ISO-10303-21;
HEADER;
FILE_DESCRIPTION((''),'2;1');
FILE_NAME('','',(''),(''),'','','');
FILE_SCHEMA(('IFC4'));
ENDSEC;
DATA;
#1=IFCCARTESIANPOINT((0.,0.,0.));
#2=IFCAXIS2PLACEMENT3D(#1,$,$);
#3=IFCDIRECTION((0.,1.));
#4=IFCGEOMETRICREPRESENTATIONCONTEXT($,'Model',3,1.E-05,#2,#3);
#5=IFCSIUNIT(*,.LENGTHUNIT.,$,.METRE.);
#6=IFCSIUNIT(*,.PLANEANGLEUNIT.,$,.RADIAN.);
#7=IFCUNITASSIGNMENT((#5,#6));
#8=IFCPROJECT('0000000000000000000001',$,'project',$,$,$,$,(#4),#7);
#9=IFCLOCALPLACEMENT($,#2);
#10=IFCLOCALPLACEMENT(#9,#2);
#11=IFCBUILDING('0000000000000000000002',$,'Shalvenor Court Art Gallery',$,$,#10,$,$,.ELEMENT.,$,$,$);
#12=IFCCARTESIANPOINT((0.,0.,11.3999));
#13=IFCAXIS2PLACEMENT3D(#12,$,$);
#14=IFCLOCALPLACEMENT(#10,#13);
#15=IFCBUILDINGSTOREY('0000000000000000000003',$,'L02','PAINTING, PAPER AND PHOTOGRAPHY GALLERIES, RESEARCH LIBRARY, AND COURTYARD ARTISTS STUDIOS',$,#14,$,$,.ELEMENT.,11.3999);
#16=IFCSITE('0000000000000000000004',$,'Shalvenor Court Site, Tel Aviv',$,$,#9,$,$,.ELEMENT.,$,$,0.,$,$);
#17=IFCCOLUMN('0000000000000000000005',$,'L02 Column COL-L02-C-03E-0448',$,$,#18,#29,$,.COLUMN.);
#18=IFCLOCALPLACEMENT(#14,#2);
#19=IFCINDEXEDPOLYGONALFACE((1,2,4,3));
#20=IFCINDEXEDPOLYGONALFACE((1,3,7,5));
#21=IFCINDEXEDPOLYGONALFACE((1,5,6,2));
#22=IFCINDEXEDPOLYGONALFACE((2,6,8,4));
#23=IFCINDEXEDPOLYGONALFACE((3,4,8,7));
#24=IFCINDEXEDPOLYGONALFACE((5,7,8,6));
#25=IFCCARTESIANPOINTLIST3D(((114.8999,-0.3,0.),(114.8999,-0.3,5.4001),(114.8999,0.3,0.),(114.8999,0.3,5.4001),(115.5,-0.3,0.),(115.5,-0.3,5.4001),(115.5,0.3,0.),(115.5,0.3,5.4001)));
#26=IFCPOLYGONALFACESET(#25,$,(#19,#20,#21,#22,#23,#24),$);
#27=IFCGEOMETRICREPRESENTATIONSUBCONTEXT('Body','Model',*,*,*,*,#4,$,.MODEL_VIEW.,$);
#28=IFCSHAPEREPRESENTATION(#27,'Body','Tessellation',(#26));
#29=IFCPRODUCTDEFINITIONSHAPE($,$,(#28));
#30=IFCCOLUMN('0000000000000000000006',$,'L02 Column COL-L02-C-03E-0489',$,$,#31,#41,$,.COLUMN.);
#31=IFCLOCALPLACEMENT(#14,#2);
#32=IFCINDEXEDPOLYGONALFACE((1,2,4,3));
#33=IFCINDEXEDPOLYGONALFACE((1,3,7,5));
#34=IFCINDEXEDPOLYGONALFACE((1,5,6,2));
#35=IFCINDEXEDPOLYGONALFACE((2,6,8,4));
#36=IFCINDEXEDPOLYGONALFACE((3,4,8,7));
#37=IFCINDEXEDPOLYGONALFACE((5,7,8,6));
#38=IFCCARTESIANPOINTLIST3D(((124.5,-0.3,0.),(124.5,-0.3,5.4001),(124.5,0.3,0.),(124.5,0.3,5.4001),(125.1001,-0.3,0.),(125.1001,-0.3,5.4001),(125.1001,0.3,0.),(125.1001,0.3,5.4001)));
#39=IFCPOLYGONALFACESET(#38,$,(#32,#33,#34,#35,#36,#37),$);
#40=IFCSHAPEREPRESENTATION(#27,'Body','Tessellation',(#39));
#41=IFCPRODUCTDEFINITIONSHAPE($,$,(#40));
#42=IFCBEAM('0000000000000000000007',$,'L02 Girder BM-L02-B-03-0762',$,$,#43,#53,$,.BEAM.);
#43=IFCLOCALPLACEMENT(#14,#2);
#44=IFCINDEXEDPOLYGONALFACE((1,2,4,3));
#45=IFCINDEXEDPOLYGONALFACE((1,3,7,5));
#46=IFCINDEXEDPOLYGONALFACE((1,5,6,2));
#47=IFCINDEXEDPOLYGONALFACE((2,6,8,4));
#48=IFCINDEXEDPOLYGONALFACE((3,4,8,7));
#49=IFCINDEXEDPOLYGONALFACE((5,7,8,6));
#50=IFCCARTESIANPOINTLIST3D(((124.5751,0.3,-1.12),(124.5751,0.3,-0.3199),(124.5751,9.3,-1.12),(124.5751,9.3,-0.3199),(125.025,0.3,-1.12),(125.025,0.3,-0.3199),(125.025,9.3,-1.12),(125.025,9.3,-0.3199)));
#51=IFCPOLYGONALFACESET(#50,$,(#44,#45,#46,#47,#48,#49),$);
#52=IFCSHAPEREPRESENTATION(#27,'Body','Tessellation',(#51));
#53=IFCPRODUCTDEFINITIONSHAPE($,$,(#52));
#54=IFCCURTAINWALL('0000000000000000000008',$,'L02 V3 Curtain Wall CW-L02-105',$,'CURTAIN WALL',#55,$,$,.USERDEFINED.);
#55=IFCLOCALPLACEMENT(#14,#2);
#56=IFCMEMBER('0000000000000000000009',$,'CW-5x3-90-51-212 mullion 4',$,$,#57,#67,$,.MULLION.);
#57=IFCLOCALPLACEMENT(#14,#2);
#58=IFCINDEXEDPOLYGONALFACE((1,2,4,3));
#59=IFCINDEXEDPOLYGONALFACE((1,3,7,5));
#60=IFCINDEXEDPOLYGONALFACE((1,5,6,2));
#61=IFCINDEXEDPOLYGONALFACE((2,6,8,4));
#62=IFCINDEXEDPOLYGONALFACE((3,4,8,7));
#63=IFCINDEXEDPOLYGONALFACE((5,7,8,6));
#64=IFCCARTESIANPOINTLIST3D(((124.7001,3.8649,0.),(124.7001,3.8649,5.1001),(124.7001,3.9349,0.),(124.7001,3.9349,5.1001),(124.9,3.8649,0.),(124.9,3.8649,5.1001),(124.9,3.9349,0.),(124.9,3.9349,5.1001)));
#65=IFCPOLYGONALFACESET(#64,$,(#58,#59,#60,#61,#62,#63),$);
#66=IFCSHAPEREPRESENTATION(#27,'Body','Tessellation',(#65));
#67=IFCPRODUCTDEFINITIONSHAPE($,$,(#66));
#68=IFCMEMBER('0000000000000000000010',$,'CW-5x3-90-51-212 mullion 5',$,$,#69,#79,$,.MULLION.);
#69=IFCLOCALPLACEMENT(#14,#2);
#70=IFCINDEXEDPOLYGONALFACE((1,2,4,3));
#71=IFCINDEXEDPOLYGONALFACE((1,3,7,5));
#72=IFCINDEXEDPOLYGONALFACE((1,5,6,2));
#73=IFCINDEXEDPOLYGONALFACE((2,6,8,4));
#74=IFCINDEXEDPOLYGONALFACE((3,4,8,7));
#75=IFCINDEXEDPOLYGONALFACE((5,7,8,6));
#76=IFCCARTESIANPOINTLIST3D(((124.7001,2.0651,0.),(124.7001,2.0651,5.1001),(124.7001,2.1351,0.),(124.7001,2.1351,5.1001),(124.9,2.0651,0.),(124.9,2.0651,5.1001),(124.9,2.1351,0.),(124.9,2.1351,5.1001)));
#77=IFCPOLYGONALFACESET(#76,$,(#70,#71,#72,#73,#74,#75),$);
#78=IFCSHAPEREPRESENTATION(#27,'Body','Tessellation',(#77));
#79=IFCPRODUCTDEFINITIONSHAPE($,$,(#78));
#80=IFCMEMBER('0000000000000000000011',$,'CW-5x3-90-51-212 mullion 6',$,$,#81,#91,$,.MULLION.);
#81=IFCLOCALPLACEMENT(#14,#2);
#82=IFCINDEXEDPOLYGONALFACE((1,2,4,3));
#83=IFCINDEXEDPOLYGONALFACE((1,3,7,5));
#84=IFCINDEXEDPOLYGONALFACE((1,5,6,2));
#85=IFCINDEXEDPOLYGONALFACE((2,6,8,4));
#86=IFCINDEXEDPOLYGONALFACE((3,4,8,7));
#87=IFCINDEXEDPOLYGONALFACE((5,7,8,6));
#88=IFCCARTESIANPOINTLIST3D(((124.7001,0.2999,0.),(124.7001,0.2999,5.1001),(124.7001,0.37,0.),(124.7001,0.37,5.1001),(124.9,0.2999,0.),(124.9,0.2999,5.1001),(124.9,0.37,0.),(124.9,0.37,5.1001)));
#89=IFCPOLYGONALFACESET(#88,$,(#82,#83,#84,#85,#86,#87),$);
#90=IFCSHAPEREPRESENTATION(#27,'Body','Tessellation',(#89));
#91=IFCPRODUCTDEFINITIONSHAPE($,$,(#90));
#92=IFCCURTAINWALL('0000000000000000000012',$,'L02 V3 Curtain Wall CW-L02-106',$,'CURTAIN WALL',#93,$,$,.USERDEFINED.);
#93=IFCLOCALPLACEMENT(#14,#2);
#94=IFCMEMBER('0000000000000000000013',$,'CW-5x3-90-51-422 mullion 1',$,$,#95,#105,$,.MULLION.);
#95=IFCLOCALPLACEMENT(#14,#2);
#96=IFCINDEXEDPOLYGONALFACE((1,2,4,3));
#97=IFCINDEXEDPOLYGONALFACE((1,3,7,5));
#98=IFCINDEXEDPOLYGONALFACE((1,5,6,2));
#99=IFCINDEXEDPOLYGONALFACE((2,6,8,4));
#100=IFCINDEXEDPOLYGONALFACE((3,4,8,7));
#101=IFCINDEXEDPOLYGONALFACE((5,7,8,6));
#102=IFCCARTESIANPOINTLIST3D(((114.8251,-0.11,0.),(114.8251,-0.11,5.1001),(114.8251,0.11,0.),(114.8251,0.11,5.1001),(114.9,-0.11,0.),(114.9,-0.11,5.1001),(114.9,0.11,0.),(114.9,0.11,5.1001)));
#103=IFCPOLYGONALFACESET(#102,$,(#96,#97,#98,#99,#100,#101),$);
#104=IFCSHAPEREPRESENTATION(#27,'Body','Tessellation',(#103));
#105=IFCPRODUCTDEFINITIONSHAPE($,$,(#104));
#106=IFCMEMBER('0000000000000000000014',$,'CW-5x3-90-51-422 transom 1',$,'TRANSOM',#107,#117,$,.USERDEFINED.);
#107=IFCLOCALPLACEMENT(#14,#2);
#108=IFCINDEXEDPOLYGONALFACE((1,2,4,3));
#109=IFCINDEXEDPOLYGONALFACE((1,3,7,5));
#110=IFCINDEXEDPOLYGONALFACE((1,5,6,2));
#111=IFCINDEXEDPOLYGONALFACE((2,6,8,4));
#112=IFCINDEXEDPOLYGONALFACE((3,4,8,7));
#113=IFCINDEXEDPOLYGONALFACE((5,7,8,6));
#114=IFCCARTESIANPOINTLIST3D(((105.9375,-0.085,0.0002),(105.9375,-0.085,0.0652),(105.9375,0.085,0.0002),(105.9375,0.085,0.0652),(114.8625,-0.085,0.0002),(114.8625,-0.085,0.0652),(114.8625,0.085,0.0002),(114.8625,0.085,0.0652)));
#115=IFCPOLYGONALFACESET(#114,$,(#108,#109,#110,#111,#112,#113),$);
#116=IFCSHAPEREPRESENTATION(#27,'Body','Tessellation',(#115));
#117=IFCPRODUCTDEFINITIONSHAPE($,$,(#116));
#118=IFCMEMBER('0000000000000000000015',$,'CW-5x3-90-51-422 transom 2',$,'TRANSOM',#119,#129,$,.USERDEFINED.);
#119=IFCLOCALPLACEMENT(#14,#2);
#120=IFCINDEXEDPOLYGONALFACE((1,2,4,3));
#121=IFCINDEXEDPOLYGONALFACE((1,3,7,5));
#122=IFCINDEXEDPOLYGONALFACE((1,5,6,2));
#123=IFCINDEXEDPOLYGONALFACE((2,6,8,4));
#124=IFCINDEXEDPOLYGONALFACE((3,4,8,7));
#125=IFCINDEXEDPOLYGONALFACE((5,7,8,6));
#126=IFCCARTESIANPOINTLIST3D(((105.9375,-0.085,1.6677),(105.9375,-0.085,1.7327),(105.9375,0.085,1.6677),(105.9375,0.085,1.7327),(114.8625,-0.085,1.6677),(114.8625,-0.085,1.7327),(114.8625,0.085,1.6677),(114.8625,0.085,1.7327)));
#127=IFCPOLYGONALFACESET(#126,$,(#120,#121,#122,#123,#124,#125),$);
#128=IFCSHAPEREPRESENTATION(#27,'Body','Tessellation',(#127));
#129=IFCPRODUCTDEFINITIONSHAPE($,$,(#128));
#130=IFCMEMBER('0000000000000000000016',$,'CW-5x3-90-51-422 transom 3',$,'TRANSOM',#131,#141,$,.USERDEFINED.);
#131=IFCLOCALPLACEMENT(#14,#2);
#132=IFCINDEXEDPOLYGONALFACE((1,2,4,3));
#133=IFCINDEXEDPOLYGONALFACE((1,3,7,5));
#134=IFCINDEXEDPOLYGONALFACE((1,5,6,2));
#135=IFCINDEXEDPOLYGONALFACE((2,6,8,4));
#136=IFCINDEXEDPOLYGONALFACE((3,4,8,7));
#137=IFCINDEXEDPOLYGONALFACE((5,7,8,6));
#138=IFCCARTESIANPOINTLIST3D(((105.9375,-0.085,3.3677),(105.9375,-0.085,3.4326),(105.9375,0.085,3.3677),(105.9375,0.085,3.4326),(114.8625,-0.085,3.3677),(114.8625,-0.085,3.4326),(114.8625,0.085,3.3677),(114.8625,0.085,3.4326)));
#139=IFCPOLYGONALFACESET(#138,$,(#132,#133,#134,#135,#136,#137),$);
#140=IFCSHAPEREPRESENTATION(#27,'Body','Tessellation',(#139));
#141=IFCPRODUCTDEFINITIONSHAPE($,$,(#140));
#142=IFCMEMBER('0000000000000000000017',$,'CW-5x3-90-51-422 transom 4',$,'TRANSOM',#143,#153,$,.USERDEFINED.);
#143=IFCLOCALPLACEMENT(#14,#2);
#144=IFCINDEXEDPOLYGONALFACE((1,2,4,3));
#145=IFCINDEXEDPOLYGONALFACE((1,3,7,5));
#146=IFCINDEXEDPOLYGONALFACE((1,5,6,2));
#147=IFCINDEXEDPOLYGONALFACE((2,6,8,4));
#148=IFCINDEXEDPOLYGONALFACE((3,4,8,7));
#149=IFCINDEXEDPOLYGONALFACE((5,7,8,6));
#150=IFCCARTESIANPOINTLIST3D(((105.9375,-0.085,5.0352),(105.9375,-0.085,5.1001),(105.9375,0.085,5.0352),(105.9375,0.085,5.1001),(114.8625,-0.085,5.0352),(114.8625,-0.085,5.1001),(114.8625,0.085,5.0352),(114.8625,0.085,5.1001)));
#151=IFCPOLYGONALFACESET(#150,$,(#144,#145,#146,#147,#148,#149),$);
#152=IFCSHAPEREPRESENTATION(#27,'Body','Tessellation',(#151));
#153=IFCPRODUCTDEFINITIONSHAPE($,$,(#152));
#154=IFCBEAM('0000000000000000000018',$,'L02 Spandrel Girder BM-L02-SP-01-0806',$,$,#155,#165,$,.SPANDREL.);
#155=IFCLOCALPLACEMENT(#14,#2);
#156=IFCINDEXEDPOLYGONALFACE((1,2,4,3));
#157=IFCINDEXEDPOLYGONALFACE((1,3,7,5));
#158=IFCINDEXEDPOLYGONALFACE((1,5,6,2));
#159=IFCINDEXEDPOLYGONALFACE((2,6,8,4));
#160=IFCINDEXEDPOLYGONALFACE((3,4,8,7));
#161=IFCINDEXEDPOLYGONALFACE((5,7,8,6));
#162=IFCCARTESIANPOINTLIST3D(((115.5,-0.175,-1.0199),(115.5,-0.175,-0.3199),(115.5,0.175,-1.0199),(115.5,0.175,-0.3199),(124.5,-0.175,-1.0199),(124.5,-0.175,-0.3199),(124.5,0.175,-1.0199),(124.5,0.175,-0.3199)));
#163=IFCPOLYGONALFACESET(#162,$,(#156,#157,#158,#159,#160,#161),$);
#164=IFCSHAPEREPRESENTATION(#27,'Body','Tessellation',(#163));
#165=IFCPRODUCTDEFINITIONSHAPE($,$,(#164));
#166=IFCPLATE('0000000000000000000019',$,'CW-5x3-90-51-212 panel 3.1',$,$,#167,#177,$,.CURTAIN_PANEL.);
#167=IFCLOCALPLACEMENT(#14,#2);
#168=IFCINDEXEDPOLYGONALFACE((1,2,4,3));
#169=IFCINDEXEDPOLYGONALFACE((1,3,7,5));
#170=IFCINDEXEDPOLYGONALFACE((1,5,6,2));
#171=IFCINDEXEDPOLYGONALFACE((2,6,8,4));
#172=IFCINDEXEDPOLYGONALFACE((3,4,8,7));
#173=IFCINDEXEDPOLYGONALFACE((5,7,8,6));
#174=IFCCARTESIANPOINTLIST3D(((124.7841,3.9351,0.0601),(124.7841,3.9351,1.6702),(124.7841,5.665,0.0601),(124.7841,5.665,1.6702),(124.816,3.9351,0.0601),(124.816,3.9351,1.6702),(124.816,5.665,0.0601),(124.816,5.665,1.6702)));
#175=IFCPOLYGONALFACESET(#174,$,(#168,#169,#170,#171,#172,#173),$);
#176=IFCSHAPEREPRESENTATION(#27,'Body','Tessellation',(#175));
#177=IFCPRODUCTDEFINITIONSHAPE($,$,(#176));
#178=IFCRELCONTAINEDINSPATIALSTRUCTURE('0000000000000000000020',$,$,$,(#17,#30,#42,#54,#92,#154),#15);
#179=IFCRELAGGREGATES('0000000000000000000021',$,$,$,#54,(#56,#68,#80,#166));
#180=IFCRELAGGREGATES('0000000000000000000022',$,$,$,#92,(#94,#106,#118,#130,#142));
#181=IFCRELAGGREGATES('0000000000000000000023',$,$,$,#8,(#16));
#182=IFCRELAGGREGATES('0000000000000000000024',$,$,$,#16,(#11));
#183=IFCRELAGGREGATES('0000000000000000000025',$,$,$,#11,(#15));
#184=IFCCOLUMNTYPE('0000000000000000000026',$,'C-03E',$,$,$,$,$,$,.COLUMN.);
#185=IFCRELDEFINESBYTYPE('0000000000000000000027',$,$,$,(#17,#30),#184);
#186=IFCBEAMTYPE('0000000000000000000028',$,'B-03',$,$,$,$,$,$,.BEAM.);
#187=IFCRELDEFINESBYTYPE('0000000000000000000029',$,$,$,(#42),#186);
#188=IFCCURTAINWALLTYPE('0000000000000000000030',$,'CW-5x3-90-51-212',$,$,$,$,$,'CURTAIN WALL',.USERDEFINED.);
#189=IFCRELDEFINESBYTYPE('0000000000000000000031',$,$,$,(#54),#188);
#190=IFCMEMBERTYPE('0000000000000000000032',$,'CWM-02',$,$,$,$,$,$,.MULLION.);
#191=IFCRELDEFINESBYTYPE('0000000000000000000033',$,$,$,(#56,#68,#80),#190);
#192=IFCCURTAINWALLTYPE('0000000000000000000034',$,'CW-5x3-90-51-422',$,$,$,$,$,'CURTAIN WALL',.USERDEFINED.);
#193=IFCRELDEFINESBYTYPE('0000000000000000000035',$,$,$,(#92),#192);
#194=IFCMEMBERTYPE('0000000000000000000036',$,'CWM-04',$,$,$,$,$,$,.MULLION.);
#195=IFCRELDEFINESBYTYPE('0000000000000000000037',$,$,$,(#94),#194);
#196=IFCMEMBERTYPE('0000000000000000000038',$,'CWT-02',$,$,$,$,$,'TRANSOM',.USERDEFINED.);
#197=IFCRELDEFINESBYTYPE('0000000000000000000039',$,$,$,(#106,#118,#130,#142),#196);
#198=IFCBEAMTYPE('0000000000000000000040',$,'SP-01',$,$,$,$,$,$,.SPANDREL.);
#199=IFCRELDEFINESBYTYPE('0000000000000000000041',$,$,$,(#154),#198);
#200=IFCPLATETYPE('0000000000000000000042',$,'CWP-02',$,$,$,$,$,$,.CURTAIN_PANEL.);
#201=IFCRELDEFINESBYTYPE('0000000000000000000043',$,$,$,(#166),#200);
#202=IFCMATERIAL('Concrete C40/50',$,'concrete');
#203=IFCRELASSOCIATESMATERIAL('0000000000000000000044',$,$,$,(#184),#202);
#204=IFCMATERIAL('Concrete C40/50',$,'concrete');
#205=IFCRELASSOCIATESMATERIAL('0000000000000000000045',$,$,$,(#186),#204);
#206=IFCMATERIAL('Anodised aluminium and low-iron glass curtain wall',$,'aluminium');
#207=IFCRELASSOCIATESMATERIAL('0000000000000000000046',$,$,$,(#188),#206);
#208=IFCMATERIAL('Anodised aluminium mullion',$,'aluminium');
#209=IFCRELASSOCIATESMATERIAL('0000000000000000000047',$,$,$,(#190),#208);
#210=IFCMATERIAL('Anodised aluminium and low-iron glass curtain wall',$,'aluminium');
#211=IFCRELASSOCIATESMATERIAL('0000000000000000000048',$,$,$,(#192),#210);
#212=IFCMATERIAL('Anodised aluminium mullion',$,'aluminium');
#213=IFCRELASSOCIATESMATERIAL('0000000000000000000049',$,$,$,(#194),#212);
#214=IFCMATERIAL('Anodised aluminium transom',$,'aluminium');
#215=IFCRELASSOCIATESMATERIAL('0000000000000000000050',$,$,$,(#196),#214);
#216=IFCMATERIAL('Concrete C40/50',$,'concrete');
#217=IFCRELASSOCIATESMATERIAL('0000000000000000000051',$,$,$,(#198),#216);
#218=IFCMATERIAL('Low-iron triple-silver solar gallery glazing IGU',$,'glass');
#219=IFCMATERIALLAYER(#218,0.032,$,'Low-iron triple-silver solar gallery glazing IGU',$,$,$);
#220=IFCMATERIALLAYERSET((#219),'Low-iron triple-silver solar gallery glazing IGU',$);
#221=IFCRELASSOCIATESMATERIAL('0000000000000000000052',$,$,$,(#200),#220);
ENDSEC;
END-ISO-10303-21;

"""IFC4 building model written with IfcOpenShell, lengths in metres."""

from ifc_helpers import new_model, si_unit, direction, frame, origin, origin_2d, place, context, subcontext, project, spatial, rectangle, extrude, material, layer, layer_set, material_profile, profile_set, type_object, element, aggregate, save


model = new_model("IFC4")

# Units and contexts
model_context = context("Model", 3, precision=1e-05, world=origin(), true_north=direction((0.0, 1.0)))
body_context = subcontext(model_context, "Body", "Model", "MODEL_VIEW")
ifc_project = project(units=[si_unit("LENGTHUNIT", "METRE"), si_unit("PLANEANGLEUNIT", "RADIAN")], contexts=[model_context])

# Site, building, storey
site_placement = place(None, origin())
site = spatial("IfcSite", under=ifc_project, at=site_placement, Name="Shalvenor Court Site, Tel Aviv", CompositionType="ELEMENT", RefElevation=0.0)
building_placement = place(site_placement, origin())
building = spatial("IfcBuilding", under=site, at=building_placement, Name="Shalvenor Court Art Gallery", CompositionType="ELEMENT")
storey_placement = place(building_placement, frame((0.0, 0.0, 11.3999)))
storey = spatial("IfcBuildingStorey", under=building, at=storey_placement, Name="L02", Description="PAINTING, PAPER AND PHOTOGRAPHY GALLERIES, RESEARCH LIBRARY, AND COURTYARD ARTISTS STUDIOS", CompositionType="ELEMENT", Elevation=11.3999)

# Columns
ifc_material_1 = material(Name="Concrete C40/50", Category="concrete")
ifc_material_profile_1 = material_profile(ifc_material_1, rectangle(XDim=0.6001, YDim=0.6001, at=origin_2d()), Name="RC 600x600")
ifc_profile_set_1 = profile_set([ifc_material_profile_1], Name="Concrete C40/50")
column_type = type_object("IfcColumnType", Name="C-03E", PredefinedType="COLUMN", material=ifc_profile_set_1)
for number, where, z_axis, x_axis, name in (
    (1, (115.2, 0.0, 0.0), (0.0, 0.0, 1.0), (1.0, 0.0, 0.0), "L02 Column COL-L02-C-03E-0448"),
    (2, (124.8, 0.0, 0.0), (0.0, 0.0, 1.0), (1.0, 0.0, 0.0), "L02 Column COL-L02-C-03E-0489"),
):
    element("IfcColumn", number, at=place(storey_placement, frame(where, z_axis=z_axis, x_axis=x_axis)), inside=storey, type_object=column_type, Name=name, PredefinedType="COLUMN", context=body_context, shape_type="SweptSolid", body=[
        extrude(rectangle(XDim=0.6001, YDim=0.6001, at=origin_2d()), origin(), (0.0, 0.0, 1.0), 5.4001),
    ])

# Beam
ifc_material_2 = material(Name="Concrete C40/50", Category="concrete")
ifc_material_profile_2 = material_profile(ifc_material_2, rectangle(XDim=0.45, YDim=0.8, at=origin_2d()), Name="RC 450x800")
ifc_profile_set_2 = profile_set([ifc_material_profile_2], Name="Concrete C40/50")
beam_type_1 = type_object("IfcBeamType", Name="B-03", PredefinedType="BEAM", material=ifc_profile_set_2)
beam_1_placement = place(storey_placement, frame((124.8, 0.3, -0.72), z_axis=(0.0, 1.0, 0.0), x_axis=(-1.0, 0.0, 0.0)))
element("IfcBeam", 3, at=beam_1_placement, inside=storey, type_object=beam_type_1, Name="L02 Girder BM-L02-B-03-0762", PredefinedType="BEAM", context=body_context, shape_type="SweptSolid", body=[
    extrude(rectangle(XDim=0.45, YDim=0.8, at=origin_2d()), origin(), (0.0, 0.0, 1.0), 9.0),
])

# Curtain walls, members
ifc_material_3 = material(Name="Anodised aluminium and low-iron glass curtain wall", Category="aluminium")
curtain_wall_type_1 = type_object("IfcCurtainWallType", Name="CW-5x3-90-51-212", ElementType="CURTAIN WALL", PredefinedType="USERDEFINED", material=ifc_material_3)
curtain_wall_1_placement = place(storey_placement, origin())
curtain_wall_1 = element("IfcCurtainWall", 4, at=curtain_wall_1_placement, inside=storey, type_object=curtain_wall_type_1, Name="L02 V3 Curtain Wall CW-L02-105", ObjectType="CURTAIN WALL", PredefinedType="USERDEFINED")
ifc_material_4 = material(Name="Anodised aluminium mullion", Category="aluminium")
ifc_material_profile_3 = material_profile(ifc_material_4, rectangle(XDim=0.0701, YDim=0.2, at=origin_2d()), Name="CWM-02")
ifc_profile_set_3 = profile_set([ifc_material_profile_3], Name="Anodised aluminium mullion")
member_type_1 = type_object("IfcMemberType", Name="CWM-02", PredefinedType="MULLION", material=ifc_profile_set_3)
member_1_placement = place(storey_placement, frame((124.8, 3.8999, 0.0), z_axis=(0.0, 0.0, 1.0), x_axis=(0.0, -1.0, 0.0)))
member_1 = element("IfcMember", 5, at=member_1_placement, type_object=member_type_1, Name="CW-5x3-90-51-212 mullion 4", PredefinedType="MULLION", context=body_context, shape_type="SweptSolid", body=[
    extrude(rectangle(XDim=0.0701, YDim=0.2, at=origin_2d()), origin(), (0.0, 0.0, 1.0), 5.1001),
])
member_2_placement = place(storey_placement, frame((124.8, 2.1001, 0.0), z_axis=(0.0, 0.0, 1.0), x_axis=(0.0, -1.0, 0.0)))
member_2 = element("IfcMember", 6, at=member_2_placement, type_object=member_type_1, Name="CW-5x3-90-51-212 mullion 5", PredefinedType="MULLION", context=body_context, shape_type="SweptSolid", body=[
    extrude(rectangle(XDim=0.0701, YDim=0.2, at=origin_2d()), origin(), (0.0, 0.0, 1.0), 5.1001),
])
member_3_placement = place(storey_placement, frame((124.8, 0.335, 0.0), z_axis=(0.0, 0.0, 1.0), x_axis=(0.0, -1.0, 0.0)))
member_3 = element("IfcMember", 7, at=member_3_placement, type_object=member_type_1, Name="CW-5x3-90-51-212 mullion 6", PredefinedType="MULLION", context=body_context, shape_type="SweptSolid", body=[
    extrude(rectangle(XDim=0.0701, YDim=0.2, at=origin_2d()), origin(), (0.0, 0.0, 1.0), 5.1001),
])
ifc_material_5 = material(Name="Anodised aluminium and low-iron glass curtain wall", Category="aluminium")
curtain_wall_type_2 = type_object("IfcCurtainWallType", Name="CW-5x3-90-51-422", ElementType="CURTAIN WALL", PredefinedType="USERDEFINED", material=ifc_material_5)
curtain_wall_2_placement = place(storey_placement, origin())
curtain_wall_2 = element("IfcCurtainWall", 8, at=curtain_wall_2_placement, inside=storey, type_object=curtain_wall_type_2, Name="L02 V3 Curtain Wall CW-L02-106", ObjectType="CURTAIN WALL", PredefinedType="USERDEFINED")
ifc_material_6 = material(Name="Anodised aluminium mullion", Category="aluminium")
ifc_material_profile_4 = material_profile(ifc_material_6, rectangle(XDim=0.075, YDim=0.22, at=origin_2d()), Name="CWM-04")
ifc_profile_set_4 = profile_set([ifc_material_profile_4], Name="Anodised aluminium mullion")
member_type_2 = type_object("IfcMemberType", Name="CWM-04", PredefinedType="MULLION", material=ifc_profile_set_4)
member_4_placement = place(storey_placement, frame((114.8625, 0.0, 0.0), z_axis=(0.0, 0.0, 1.0), x_axis=(-1.0, 0.0, 0.0)))
member_4 = element("IfcMember", 9, at=member_4_placement, type_object=member_type_2, Name="CW-5x3-90-51-422 mullion 1", PredefinedType="MULLION", context=body_context, shape_type="SweptSolid", body=[
    extrude(rectangle(XDim=0.075, YDim=0.22, at=origin_2d()), origin(), (0.0, 0.0, 1.0), 5.1001),
])
ifc_material_7 = material(Name="Anodised aluminium transom", Category="aluminium")
ifc_material_profile_5 = material_profile(ifc_material_7, rectangle(XDim=0.1699, YDim=0.0649, at=origin_2d()), Name="CWT-02")
ifc_profile_set_5 = profile_set([ifc_material_profile_5], Name="Anodised aluminium transom")
member_type_3 = type_object("IfcMemberType", Name="CWT-02", ElementType="TRANSOM", PredefinedType="USERDEFINED", material=ifc_profile_set_5)
member_5_placement = place(storey_placement, frame((114.8625, 0.0, 0.0327), z_axis=(-1.0, 0.0, 0.0), x_axis=(0.0, -1.0, 0.0)))
member_5 = element("IfcMember", 10, at=member_5_placement, type_object=member_type_3, Name="CW-5x3-90-51-422 transom 1", ObjectType="TRANSOM", PredefinedType="USERDEFINED", context=body_context, shape_type="SweptSolid", body=[
    extrude(rectangle(XDim=0.1699, YDim=0.0649, at=origin_2d()), origin(), (0.0, 0.0, 1.0), 8.925),
])
member_6_placement = place(storey_placement, frame((114.8625, 0.0, 1.7002), z_axis=(-1.0, 0.0, 0.0), x_axis=(0.0, -1.0, 0.0)))
member_6 = element("IfcMember", 11, at=member_6_placement, type_object=member_type_3, Name="CW-5x3-90-51-422 transom 2", ObjectType="TRANSOM", PredefinedType="USERDEFINED", context=body_context, shape_type="SweptSolid", body=[
    extrude(rectangle(XDim=0.1699, YDim=0.0649, at=origin_2d()), origin(), (0.0, 0.0, 1.0), 8.925),
])
member_7_placement = place(storey_placement, frame((114.8625, 0.0, 3.4001), z_axis=(-1.0, 0.0, 0.0), x_axis=(0.0, -1.0, 0.0)))
member_7 = element("IfcMember", 12, at=member_7_placement, type_object=member_type_3, Name="CW-5x3-90-51-422 transom 3", ObjectType="TRANSOM", PredefinedType="USERDEFINED", context=body_context, shape_type="SweptSolid", body=[
    extrude(rectangle(XDim=0.1699, YDim=0.0649, at=origin_2d()), origin(), (0.0, 0.0, 1.0), 8.925),
])
member_8_placement = place(storey_placement, frame((114.8625, 0.0, 5.0676), z_axis=(-1.0, 0.0, 0.0), x_axis=(0.0, -1.0, 0.0)))
member_8 = element("IfcMember", 13, at=member_8_placement, type_object=member_type_3, Name="CW-5x3-90-51-422 transom 4", ObjectType="TRANSOM", PredefinedType="USERDEFINED", context=body_context, shape_type="SweptSolid", body=[
    extrude(rectangle(XDim=0.1699, YDim=0.0649, at=origin_2d()), origin(), (0.0, 0.0, 1.0), 8.925),
])

# Beam
ifc_material_8 = material(Name="Concrete C40/50", Category="concrete")
ifc_material_profile_6 = material_profile(ifc_material_8, rectangle(XDim=0.3501, YDim=0.7, at=origin_2d()), Name="RC 350x700")
ifc_profile_set_6 = profile_set([ifc_material_profile_6], Name="Concrete C40/50")
beam_type_2 = type_object("IfcBeamType", Name="SP-01", PredefinedType="SPANDREL", material=ifc_profile_set_6)
beam_2_placement = place(storey_placement, frame((115.5, 0.0, -0.6699), z_axis=(1.0, 0.0, 0.0), x_axis=(0.0, 1.0, 0.0)))
element("IfcBeam", 14, at=beam_2_placement, inside=storey, type_object=beam_type_2, Name="L02 Spandrel Girder BM-L02-SP-01-0806", PredefinedType="SPANDREL", context=body_context, shape_type="SweptSolid", body=[
    extrude(rectangle(XDim=0.3501, YDim=0.7, at=origin_2d()), origin(), (0.0, 0.0, 1.0), 9.0),
])

# Plate
ifc_material_9 = material(Name="Low-iron triple-silver solar gallery glazing IGU", Category="glass")
ifc_layer_1 = layer(ifc_material_9, 0.032, Name="Low-iron triple-silver solar gallery glazing IGU")
ifc_layer_set_1 = layer_set([ifc_layer_1], Name="Low-iron triple-silver solar gallery glazing IGU")
plate_type = type_object("IfcPlateType", Name="CWP-02", PredefinedType="CURTAIN_PANEL", material=ifc_layer_set_1)
plate_1_placement = place(storey_placement, frame((124.8, 4.8, 0.0601), z_axis=(0.0, 0.0, 1.0), x_axis=(0.0, -1.0, 0.0)))
plate_1 = element("IfcPlate", 15, at=plate_1_placement, type_object=plate_type, Name="CW-5x3-90-51-212 panel 3.1", PredefinedType="CURTAIN_PANEL", context=body_context, shape_type="SweptSolid", body=[
    extrude(rectangle(XDim=1.73, YDim=0.032, at=origin_2d()), origin(), (0.0, 0.0, 1.0), 1.6101),
])
aggregate(curtain_wall_1, [member_1, member_2, member_3, plate_1])
aggregate(curtain_wall_2, [member_4, member_5, member_6, member_7, member_8])

save(model, "model.ifc")
